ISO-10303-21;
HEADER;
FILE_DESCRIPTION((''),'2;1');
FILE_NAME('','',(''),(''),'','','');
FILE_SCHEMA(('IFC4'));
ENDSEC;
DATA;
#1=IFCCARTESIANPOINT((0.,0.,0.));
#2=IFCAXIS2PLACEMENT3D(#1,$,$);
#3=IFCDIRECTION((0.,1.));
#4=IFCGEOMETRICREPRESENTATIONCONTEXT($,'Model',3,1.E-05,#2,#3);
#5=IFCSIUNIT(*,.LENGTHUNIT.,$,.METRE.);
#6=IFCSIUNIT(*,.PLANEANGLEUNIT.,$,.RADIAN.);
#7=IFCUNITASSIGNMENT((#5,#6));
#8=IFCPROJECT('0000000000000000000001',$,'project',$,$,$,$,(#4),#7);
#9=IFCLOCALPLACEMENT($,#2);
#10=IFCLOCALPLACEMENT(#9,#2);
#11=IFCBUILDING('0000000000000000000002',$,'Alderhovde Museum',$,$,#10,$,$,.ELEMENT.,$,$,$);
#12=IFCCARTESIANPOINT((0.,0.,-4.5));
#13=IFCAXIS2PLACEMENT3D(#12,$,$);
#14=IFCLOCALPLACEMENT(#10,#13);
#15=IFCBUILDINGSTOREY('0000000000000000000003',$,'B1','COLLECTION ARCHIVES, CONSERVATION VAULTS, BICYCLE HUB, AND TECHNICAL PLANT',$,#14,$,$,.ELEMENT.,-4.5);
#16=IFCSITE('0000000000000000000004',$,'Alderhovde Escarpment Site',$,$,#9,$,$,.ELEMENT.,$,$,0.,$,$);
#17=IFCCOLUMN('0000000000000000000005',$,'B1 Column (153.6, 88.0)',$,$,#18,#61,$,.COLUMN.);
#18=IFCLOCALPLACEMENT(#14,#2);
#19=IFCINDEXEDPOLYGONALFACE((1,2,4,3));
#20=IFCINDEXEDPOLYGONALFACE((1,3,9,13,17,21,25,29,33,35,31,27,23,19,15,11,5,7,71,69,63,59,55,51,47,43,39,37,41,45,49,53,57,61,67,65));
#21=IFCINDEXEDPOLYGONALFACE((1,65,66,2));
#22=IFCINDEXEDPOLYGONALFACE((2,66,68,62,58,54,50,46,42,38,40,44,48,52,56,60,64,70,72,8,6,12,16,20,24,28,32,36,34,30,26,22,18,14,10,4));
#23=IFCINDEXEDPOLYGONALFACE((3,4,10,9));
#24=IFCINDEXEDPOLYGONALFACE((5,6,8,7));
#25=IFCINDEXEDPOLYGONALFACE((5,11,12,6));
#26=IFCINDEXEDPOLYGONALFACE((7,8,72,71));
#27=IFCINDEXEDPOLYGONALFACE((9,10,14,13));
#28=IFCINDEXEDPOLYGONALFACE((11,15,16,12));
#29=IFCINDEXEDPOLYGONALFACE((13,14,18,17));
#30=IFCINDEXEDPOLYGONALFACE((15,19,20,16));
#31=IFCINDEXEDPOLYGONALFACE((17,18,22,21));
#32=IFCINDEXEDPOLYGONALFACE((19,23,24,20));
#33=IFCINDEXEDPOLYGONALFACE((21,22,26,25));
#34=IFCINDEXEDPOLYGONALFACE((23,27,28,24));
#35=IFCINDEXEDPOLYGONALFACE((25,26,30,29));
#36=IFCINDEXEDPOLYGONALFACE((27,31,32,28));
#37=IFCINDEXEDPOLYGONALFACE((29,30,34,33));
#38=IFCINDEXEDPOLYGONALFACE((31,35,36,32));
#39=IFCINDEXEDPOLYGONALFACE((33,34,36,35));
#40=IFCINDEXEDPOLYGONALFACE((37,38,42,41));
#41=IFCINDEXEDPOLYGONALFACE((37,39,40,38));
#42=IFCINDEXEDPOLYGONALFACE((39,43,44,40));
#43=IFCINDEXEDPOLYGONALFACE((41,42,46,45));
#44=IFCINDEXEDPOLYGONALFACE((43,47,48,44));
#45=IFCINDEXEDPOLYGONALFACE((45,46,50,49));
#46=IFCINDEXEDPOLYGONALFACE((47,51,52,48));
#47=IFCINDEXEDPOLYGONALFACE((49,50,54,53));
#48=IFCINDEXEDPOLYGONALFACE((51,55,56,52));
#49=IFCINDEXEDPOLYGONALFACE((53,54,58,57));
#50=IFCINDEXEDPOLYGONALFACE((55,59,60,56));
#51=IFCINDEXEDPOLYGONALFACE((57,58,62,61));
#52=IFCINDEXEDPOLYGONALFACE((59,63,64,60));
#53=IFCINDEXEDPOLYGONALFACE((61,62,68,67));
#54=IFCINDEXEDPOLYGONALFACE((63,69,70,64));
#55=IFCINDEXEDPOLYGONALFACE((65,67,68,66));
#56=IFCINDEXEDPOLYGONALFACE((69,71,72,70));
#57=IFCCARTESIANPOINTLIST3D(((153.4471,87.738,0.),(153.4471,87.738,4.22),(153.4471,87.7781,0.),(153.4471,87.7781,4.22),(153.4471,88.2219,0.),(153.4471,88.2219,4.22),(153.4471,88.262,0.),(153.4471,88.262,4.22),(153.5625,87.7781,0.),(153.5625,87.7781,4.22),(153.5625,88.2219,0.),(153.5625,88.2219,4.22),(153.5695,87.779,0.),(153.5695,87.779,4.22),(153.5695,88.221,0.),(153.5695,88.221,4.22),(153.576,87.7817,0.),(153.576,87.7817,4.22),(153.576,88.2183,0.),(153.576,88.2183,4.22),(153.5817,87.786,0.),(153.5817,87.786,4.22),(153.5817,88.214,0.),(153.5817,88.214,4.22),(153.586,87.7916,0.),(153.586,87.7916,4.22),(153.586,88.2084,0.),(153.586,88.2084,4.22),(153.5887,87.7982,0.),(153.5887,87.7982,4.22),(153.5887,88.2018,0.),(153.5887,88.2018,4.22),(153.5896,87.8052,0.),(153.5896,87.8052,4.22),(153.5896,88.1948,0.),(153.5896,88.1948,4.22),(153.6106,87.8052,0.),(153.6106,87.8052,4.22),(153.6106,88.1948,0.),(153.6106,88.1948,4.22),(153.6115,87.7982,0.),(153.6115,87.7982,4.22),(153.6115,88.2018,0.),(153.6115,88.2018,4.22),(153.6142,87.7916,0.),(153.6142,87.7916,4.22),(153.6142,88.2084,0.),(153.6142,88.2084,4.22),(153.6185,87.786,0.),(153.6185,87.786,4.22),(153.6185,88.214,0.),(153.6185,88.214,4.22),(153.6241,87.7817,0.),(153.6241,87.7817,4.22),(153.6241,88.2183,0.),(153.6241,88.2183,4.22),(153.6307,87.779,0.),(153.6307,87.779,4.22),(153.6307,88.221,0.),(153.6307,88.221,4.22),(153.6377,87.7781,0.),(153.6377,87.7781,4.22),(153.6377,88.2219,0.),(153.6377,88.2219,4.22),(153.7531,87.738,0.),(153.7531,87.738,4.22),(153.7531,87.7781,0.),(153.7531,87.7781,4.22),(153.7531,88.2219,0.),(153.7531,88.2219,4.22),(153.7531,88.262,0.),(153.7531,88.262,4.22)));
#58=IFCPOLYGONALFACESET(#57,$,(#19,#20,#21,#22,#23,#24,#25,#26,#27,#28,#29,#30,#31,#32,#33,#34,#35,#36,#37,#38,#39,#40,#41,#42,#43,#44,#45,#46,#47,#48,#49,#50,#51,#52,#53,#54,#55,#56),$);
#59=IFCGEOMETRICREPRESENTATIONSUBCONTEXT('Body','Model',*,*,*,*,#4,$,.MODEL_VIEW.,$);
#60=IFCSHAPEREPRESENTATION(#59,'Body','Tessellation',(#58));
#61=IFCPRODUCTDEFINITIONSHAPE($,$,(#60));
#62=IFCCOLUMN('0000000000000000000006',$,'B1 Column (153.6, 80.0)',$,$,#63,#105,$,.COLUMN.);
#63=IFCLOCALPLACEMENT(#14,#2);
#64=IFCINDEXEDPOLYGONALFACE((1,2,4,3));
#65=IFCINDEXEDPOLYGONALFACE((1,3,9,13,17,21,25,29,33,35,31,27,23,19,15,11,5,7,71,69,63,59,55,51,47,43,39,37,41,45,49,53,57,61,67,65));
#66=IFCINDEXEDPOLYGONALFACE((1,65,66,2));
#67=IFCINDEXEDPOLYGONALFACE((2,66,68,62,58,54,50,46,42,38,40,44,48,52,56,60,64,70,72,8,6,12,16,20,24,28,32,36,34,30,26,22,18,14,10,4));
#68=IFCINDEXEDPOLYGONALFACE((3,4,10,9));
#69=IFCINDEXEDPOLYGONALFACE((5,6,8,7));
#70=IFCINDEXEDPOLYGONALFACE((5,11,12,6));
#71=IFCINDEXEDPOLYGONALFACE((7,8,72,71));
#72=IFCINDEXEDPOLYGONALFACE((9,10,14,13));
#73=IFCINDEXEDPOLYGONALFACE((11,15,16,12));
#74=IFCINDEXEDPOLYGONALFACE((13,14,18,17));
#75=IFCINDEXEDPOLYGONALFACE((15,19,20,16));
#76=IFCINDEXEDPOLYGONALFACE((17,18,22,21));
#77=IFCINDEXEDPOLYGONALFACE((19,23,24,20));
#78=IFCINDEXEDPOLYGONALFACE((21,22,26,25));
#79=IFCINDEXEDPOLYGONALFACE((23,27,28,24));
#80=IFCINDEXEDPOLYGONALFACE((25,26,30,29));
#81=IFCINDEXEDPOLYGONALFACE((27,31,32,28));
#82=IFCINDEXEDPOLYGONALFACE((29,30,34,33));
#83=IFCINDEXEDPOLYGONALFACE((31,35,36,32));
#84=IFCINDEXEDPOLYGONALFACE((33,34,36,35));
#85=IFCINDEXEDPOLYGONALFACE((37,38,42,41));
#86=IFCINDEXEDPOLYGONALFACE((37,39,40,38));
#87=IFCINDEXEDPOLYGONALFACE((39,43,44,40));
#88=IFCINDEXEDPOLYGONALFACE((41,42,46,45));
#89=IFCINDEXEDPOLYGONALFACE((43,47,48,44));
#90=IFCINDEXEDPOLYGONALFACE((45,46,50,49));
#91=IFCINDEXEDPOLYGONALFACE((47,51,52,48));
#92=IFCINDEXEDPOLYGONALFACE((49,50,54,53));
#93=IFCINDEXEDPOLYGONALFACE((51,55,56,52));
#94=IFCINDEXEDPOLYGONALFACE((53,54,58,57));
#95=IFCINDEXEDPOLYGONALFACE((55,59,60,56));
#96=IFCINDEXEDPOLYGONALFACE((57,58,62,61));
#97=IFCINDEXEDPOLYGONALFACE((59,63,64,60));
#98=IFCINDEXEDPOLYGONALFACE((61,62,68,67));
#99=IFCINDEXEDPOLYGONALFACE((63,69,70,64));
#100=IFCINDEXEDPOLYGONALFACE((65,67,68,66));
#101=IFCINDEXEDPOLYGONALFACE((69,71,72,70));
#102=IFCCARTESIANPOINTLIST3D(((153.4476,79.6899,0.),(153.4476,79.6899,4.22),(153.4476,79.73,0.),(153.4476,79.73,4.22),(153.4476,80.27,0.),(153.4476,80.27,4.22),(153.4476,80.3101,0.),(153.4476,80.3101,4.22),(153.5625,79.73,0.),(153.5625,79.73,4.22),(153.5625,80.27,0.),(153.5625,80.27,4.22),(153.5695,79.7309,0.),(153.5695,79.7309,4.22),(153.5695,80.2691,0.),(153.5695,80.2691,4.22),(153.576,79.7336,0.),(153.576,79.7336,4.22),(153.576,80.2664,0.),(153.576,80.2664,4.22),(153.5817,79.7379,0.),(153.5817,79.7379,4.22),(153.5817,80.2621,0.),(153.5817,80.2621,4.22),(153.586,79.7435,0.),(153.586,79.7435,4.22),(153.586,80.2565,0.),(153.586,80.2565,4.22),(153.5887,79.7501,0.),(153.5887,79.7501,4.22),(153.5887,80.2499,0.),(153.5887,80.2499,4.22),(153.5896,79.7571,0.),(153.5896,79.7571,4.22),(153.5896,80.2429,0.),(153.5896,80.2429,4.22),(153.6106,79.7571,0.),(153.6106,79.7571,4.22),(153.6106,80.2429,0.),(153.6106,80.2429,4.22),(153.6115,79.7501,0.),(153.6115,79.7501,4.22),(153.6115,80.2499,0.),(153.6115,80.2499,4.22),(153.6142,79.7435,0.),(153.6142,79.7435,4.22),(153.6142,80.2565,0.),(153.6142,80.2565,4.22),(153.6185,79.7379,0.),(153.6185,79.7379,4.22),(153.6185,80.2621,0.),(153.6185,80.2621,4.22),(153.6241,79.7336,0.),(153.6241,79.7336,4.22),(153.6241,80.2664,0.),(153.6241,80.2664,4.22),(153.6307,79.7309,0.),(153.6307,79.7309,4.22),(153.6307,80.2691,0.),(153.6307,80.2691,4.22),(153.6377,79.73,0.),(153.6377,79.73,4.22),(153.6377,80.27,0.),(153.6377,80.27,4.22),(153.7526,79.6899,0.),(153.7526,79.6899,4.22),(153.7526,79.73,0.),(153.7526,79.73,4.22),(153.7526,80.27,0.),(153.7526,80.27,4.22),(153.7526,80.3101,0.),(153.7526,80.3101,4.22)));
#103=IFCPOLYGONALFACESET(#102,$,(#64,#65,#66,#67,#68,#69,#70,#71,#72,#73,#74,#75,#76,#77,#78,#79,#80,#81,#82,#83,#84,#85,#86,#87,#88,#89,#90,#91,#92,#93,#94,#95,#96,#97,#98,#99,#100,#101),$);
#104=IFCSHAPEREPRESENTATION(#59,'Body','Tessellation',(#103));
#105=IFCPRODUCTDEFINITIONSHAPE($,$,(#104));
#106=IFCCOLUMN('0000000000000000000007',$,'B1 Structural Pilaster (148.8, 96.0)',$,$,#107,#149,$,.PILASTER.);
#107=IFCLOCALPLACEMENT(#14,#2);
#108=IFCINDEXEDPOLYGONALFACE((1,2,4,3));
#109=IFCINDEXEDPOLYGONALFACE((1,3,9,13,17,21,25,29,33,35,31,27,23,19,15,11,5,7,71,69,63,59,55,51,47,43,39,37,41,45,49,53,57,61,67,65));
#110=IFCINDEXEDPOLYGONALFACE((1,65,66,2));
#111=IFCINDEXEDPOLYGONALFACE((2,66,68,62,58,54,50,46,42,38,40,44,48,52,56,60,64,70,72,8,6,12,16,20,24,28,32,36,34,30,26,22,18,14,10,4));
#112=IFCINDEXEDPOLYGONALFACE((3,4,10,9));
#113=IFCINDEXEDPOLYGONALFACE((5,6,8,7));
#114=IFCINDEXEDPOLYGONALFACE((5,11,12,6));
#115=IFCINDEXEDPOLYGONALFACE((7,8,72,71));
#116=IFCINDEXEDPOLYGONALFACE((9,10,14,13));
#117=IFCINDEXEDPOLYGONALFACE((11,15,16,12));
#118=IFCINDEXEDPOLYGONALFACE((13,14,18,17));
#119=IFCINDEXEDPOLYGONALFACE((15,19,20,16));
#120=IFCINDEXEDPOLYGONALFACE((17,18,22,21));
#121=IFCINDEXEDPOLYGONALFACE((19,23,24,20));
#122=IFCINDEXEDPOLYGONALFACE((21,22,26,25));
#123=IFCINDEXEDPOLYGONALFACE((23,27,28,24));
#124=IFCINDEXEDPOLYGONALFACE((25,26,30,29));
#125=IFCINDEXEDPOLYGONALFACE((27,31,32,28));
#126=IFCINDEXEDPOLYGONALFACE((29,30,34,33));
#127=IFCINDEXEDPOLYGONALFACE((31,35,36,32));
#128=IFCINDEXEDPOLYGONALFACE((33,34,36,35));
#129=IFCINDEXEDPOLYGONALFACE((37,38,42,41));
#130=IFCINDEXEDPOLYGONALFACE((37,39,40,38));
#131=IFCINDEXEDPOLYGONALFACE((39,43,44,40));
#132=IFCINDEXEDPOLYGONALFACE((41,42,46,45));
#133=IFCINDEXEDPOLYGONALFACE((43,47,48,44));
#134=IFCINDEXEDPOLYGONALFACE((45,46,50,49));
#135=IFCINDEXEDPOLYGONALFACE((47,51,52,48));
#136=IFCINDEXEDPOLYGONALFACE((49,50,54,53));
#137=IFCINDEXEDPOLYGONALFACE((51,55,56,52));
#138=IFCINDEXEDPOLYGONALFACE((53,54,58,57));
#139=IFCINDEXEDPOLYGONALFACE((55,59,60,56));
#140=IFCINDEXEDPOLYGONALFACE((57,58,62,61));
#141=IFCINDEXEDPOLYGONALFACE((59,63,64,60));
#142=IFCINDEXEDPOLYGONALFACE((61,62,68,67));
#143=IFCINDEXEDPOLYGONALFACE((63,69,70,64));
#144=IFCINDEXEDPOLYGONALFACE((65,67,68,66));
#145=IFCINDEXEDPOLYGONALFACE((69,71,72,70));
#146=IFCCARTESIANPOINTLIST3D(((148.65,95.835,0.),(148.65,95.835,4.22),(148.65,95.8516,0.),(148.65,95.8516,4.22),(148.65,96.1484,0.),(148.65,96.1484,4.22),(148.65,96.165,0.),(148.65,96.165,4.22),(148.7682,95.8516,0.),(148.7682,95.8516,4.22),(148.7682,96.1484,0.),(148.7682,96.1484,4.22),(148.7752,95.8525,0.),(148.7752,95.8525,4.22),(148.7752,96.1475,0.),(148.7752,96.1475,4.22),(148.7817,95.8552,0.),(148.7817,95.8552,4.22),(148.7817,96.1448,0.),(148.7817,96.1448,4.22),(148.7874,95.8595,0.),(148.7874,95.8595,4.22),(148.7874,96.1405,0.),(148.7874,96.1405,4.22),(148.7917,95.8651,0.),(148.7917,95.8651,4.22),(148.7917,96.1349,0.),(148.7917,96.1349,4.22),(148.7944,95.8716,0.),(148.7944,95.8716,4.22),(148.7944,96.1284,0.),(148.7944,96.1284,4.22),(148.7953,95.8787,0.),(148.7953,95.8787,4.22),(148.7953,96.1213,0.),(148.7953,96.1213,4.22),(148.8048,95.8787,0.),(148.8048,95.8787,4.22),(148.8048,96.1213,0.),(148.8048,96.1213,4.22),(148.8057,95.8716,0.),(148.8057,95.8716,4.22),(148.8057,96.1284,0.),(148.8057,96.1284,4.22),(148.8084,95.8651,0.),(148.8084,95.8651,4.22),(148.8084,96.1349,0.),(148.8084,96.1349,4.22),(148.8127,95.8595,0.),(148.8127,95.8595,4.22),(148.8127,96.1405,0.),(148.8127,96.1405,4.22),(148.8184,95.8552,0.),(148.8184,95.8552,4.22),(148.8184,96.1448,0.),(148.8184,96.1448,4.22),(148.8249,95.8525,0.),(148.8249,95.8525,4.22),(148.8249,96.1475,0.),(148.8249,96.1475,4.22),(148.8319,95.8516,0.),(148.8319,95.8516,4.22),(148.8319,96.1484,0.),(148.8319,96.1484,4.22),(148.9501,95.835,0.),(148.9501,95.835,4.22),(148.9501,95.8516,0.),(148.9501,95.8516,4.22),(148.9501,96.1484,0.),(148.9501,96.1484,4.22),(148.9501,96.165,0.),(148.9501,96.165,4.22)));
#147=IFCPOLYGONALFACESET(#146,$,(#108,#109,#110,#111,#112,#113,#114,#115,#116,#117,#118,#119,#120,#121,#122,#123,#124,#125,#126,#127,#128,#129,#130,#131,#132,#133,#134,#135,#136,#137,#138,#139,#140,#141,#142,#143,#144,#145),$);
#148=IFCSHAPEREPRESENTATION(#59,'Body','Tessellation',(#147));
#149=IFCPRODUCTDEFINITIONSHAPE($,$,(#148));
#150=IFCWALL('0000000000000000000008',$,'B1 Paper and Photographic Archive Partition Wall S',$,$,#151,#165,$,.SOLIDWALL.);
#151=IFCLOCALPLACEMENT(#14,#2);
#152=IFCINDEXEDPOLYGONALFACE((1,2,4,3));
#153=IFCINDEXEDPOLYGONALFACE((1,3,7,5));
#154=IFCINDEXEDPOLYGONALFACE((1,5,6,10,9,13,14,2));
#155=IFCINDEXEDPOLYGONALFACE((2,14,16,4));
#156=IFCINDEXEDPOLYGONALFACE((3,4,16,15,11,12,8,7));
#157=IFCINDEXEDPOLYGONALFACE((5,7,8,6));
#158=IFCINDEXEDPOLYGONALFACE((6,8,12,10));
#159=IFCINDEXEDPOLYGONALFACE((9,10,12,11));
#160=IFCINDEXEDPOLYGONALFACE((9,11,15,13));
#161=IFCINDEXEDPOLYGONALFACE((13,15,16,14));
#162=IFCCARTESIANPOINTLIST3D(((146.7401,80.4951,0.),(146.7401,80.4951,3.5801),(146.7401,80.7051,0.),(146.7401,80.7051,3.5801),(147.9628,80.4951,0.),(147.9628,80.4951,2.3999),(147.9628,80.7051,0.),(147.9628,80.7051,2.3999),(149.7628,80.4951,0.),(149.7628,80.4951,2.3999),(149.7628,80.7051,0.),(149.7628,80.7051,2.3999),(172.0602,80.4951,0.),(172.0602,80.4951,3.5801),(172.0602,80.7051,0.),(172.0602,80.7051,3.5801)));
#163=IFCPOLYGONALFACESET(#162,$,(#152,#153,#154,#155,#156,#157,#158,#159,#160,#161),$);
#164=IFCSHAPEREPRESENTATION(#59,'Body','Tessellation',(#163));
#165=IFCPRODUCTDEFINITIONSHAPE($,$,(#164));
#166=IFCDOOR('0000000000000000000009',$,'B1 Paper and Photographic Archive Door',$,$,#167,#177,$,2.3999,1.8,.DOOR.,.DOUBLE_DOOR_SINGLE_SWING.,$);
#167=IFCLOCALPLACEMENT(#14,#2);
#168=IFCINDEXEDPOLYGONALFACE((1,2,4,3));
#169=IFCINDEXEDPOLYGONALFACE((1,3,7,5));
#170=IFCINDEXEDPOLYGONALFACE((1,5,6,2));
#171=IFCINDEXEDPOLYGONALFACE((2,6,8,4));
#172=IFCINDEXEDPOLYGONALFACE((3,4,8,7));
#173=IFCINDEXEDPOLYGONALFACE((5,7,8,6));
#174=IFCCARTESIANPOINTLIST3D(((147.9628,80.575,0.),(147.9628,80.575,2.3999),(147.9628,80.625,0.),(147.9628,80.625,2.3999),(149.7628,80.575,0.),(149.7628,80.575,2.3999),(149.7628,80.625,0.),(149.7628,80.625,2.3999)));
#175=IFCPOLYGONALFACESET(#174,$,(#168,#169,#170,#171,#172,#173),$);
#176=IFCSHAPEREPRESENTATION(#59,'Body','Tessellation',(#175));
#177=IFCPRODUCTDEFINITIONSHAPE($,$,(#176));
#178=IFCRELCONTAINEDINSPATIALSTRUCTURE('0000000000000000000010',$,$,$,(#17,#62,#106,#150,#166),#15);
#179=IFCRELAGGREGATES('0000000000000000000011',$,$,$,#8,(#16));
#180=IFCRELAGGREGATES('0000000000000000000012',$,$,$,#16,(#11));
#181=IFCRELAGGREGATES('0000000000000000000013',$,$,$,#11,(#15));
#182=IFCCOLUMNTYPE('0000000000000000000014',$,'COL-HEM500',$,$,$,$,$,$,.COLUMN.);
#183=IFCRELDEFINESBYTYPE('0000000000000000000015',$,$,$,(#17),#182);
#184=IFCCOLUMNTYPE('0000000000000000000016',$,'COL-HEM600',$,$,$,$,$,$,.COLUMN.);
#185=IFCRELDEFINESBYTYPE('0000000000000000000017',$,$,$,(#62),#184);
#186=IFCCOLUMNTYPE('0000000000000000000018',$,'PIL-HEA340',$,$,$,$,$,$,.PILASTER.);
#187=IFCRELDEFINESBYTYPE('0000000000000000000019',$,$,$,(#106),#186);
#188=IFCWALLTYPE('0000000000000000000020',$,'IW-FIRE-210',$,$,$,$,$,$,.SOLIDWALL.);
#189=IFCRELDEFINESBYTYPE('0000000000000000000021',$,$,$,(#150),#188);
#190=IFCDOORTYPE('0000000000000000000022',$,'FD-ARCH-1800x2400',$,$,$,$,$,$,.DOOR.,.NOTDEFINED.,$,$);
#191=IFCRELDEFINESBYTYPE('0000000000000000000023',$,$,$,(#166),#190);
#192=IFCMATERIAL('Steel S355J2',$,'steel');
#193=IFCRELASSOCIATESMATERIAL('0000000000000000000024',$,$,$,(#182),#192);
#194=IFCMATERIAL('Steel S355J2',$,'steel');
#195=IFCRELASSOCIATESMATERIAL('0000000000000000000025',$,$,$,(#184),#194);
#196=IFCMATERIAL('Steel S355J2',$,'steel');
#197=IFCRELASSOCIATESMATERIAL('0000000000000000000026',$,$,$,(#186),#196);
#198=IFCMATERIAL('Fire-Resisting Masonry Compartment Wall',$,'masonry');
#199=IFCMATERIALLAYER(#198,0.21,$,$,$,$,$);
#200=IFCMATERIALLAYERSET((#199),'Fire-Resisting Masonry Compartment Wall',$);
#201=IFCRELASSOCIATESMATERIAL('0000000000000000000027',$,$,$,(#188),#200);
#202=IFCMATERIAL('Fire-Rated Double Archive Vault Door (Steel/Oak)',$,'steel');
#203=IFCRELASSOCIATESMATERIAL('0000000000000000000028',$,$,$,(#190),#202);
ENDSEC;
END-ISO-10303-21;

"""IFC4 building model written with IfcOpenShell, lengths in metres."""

from ifc_helpers import new_model, si_unit, direction, frame, frame_2d, origin, origin_2d, place, context, subcontext, project, spatial, rectangle, i_section, extrude, material, layer, layer_set, material_profile, profile_set, type_object, element, fill, save


model = new_model("IFC4")

# Units and contexts
model_context = context("Model", 3, precision=1e-05, world=origin(), true_north=direction((0.0, 1.0)))
body_context = subcontext(model_context, "Body", "Model", "MODEL_VIEW")
ifc_project = project(units=[si_unit("LENGTHUNIT", "METRE"), si_unit("PLANEANGLEUNIT", "RADIAN")], contexts=[model_context])

# Site, building, storey
site_placement = place(None, origin())
site = spatial("IfcSite", under=ifc_project, at=site_placement, Name="Alderhovde Escarpment Site", CompositionType="ELEMENT", RefElevation=0.0)
building_placement = place(site_placement, origin())
building = spatial("IfcBuilding", under=site, at=building_placement, Name="Alderhovde Museum", CompositionType="ELEMENT")
storey_placement = place(building_placement, frame((0.0, 0.0, -4.5)))
storey = spatial("IfcBuildingStorey", under=building, at=storey_placement, Name="B1", Description="COLLECTION ARCHIVES, CONSERVATION VAULTS, BICYCLE HUB, AND TECHNICAL PLANT", CompositionType="ELEMENT", Elevation=-4.5)

# Columns
ifc_material_1 = material(Name="Steel S355J2", Category="steel")
ifc_material_profile_1 = material_profile(ifc_material_1, i_section(OverallWidth=0.3059, OverallDepth=0.5239, WebThickness=0.021, FlangeThickness=0.04, FilletRadius=0.0271, at=origin_2d()), Name="HEM 500")
ifc_profile_set_1 = profile_set([ifc_material_profile_1], Name="Steel S355J2")
column_type_1 = type_object("IfcColumnType", Name="COL-HEM500", PredefinedType="COLUMN", material=ifc_profile_set_1)
column_1_placement = place(storey_placement, frame((153.6001, 88.0, 0.0), z_axis=(0.0, 0.0, 1.0), x_axis=(1.0, 0.0, 0.0)))
element("IfcColumn", 1, at=column_1_placement, inside=storey, type_object=column_type_1, Name="B1 Column (153.6, 88.0)", PredefinedType="COLUMN", context=body_context, shape_type="SweptSolid", body=[
    extrude(i_section(OverallWidth=0.3059, OverallDepth=0.5239, WebThickness=0.021, FlangeThickness=0.04, FilletRadius=0.0271, at=origin_2d()), origin(), (0.0, 0.0, 1.0), 4.22),
])
ifc_material_2 = material(Name="Steel S355J2", Category="steel")
ifc_material_profile_2 = material_profile(ifc_material_2, i_section(OverallWidth=0.3049, OverallDepth=0.6201, WebThickness=0.021, FlangeThickness=0.04, FilletRadius=0.0271, at=origin_2d()), Name="HEM 600")
ifc_profile_set_2 = profile_set([ifc_material_profile_2], Name="Steel S355J2")
column_type_2 = type_object("IfcColumnType", Name="COL-HEM600", PredefinedType="COLUMN", material=ifc_profile_set_2)
column_2_placement = place(storey_placement, frame((153.6001, 80.0, 0.0), z_axis=(0.0, 0.0, 1.0), x_axis=(1.0, 0.0, 0.0)))
element("IfcColumn", 2, at=column_2_placement, inside=storey, type_object=column_type_2, Name="B1 Column (153.6, 80.0)", PredefinedType="COLUMN", context=body_context, shape_type="SweptSolid", body=[
    extrude(i_section(OverallWidth=0.3049, OverallDepth=0.6201, WebThickness=0.021, FlangeThickness=0.04, FilletRadius=0.0271, at=origin_2d()), origin(), (0.0, 0.0, 1.0), 4.22),
])
ifc_material_3 = material(Name="Steel S355J2", Category="steel")
ifc_material_profile_3 = material_profile(ifc_material_3, i_section(OverallWidth=0.3, OverallDepth=0.3301, WebThickness=0.0095, FlangeThickness=0.0166, FilletRadius=0.0271, at=origin_2d()), Name="HEA 340")
ifc_profile_set_3 = profile_set([ifc_material_profile_3], Name="Steel S355J2")
column_type_3 = type_object("IfcColumnType", Name="PIL-HEA340", PredefinedType="PILASTER", material=ifc_profile_set_3)
column_3_placement = place(storey_placement, frame((148.8, 96.0, 0.0), z_axis=(0.0, 0.0, 1.0), x_axis=(1.0, 0.0, 0.0)))
element("IfcColumn", 3, at=column_3_placement, inside=storey, type_object=column_type_3, Name="B1 Structural Pilaster (148.8, 96.0)", PredefinedType="PILASTER", context=body_context, shape_type="SweptSolid", body=[
    extrude(i_section(OverallWidth=0.3, OverallDepth=0.3301, WebThickness=0.0095, FlangeThickness=0.0166, FilletRadius=0.0271, at=origin_2d()), origin(), (0.0, 0.0, 1.0), 4.22),
])

# Wall, opening, door
ifc_material_4 = material(Name="Fire-Resisting Masonry Compartment Wall", Category="masonry")
ifc_layer_1 = layer(ifc_material_4, 0.21)
ifc_layer_set_1 = layer_set([ifc_layer_1], Name="Fire-Resisting Masonry Compartment Wall")
wall_type_1 = type_object("IfcWallType", Name="IW-FIRE-210", PredefinedType="SOLIDWALL", material=ifc_layer_set_1)
wall_1_placement = place(storey_placement, frame((146.74, 80.6001, 0.0), z_axis=(0.0, 0.0, 1.0), x_axis=(1.0, 0.0, 0.0)))
wall_1 = element("IfcWall", 4, at=wall_1_placement, inside=storey, type_object=wall_type_1, Name="B1 Paper and Photographic Archive Partition Wall S", PredefinedType="SOLIDWALL", context=body_context, shape_type="SweptSolid", body=[
    extrude(rectangle(XDim=25.3201, YDim=0.21, at=frame_2d((12.6602, 0.0))), origin(), (0.0, 0.0, 1.0), 3.5801),
])
opening_placement = place(wall_1_placement, frame((1.2229, 0.0, 0.0)))
opening = element("IfcOpeningElement", 5, at=opening_placement, cuts=wall_1, PredefinedType="OPENING", context=body_context, shape_type="SweptSolid", body=[
    extrude(rectangle(XDim=1.8, YDim=2.3999, at=frame_2d((0.8999, 1.2))), frame((0.0, 0.115, 0.0), z_axis=(0.0, -1.0, 0.0), x_axis=(1.0, 0.0, 0.0)), (0.0, 0.0, 1.0), 0.23),
])
ifc_material_5 = material(Name="Fire-Rated Double Archive Vault Door (Steel/Oak)", Category="steel")
door_type = type_object("IfcDoorType", Name="FD-ARCH-1800x2400", OperationType="NOTDEFINED", PredefinedType="DOOR", material=ifc_material_5)
door_placement = place(opening_placement, origin())
door = element("IfcDoor", 6, at=door_placement, inside=storey, type_object=door_type, Name="B1 Paper and Photographic Archive Door", OperationType="DOUBLE_DOOR_SINGLE_SWING", OverallHeight=2.3999, OverallWidth=1.8, PredefinedType="DOOR", context=body_context, shape_type="SweptSolid", body=[
    extrude(rectangle(XDim=1.8, YDim=2.3999, at=frame_2d((0.8999, 1.2))), frame((0.0, 0.0249, 0.0), z_axis=(0.0, -1.0, 0.0), x_axis=(1.0, 0.0, 0.0)), (0.0, 0.0, 1.0), 0.05),
])
fill(opening, door)

save(model, "model.ifc")
